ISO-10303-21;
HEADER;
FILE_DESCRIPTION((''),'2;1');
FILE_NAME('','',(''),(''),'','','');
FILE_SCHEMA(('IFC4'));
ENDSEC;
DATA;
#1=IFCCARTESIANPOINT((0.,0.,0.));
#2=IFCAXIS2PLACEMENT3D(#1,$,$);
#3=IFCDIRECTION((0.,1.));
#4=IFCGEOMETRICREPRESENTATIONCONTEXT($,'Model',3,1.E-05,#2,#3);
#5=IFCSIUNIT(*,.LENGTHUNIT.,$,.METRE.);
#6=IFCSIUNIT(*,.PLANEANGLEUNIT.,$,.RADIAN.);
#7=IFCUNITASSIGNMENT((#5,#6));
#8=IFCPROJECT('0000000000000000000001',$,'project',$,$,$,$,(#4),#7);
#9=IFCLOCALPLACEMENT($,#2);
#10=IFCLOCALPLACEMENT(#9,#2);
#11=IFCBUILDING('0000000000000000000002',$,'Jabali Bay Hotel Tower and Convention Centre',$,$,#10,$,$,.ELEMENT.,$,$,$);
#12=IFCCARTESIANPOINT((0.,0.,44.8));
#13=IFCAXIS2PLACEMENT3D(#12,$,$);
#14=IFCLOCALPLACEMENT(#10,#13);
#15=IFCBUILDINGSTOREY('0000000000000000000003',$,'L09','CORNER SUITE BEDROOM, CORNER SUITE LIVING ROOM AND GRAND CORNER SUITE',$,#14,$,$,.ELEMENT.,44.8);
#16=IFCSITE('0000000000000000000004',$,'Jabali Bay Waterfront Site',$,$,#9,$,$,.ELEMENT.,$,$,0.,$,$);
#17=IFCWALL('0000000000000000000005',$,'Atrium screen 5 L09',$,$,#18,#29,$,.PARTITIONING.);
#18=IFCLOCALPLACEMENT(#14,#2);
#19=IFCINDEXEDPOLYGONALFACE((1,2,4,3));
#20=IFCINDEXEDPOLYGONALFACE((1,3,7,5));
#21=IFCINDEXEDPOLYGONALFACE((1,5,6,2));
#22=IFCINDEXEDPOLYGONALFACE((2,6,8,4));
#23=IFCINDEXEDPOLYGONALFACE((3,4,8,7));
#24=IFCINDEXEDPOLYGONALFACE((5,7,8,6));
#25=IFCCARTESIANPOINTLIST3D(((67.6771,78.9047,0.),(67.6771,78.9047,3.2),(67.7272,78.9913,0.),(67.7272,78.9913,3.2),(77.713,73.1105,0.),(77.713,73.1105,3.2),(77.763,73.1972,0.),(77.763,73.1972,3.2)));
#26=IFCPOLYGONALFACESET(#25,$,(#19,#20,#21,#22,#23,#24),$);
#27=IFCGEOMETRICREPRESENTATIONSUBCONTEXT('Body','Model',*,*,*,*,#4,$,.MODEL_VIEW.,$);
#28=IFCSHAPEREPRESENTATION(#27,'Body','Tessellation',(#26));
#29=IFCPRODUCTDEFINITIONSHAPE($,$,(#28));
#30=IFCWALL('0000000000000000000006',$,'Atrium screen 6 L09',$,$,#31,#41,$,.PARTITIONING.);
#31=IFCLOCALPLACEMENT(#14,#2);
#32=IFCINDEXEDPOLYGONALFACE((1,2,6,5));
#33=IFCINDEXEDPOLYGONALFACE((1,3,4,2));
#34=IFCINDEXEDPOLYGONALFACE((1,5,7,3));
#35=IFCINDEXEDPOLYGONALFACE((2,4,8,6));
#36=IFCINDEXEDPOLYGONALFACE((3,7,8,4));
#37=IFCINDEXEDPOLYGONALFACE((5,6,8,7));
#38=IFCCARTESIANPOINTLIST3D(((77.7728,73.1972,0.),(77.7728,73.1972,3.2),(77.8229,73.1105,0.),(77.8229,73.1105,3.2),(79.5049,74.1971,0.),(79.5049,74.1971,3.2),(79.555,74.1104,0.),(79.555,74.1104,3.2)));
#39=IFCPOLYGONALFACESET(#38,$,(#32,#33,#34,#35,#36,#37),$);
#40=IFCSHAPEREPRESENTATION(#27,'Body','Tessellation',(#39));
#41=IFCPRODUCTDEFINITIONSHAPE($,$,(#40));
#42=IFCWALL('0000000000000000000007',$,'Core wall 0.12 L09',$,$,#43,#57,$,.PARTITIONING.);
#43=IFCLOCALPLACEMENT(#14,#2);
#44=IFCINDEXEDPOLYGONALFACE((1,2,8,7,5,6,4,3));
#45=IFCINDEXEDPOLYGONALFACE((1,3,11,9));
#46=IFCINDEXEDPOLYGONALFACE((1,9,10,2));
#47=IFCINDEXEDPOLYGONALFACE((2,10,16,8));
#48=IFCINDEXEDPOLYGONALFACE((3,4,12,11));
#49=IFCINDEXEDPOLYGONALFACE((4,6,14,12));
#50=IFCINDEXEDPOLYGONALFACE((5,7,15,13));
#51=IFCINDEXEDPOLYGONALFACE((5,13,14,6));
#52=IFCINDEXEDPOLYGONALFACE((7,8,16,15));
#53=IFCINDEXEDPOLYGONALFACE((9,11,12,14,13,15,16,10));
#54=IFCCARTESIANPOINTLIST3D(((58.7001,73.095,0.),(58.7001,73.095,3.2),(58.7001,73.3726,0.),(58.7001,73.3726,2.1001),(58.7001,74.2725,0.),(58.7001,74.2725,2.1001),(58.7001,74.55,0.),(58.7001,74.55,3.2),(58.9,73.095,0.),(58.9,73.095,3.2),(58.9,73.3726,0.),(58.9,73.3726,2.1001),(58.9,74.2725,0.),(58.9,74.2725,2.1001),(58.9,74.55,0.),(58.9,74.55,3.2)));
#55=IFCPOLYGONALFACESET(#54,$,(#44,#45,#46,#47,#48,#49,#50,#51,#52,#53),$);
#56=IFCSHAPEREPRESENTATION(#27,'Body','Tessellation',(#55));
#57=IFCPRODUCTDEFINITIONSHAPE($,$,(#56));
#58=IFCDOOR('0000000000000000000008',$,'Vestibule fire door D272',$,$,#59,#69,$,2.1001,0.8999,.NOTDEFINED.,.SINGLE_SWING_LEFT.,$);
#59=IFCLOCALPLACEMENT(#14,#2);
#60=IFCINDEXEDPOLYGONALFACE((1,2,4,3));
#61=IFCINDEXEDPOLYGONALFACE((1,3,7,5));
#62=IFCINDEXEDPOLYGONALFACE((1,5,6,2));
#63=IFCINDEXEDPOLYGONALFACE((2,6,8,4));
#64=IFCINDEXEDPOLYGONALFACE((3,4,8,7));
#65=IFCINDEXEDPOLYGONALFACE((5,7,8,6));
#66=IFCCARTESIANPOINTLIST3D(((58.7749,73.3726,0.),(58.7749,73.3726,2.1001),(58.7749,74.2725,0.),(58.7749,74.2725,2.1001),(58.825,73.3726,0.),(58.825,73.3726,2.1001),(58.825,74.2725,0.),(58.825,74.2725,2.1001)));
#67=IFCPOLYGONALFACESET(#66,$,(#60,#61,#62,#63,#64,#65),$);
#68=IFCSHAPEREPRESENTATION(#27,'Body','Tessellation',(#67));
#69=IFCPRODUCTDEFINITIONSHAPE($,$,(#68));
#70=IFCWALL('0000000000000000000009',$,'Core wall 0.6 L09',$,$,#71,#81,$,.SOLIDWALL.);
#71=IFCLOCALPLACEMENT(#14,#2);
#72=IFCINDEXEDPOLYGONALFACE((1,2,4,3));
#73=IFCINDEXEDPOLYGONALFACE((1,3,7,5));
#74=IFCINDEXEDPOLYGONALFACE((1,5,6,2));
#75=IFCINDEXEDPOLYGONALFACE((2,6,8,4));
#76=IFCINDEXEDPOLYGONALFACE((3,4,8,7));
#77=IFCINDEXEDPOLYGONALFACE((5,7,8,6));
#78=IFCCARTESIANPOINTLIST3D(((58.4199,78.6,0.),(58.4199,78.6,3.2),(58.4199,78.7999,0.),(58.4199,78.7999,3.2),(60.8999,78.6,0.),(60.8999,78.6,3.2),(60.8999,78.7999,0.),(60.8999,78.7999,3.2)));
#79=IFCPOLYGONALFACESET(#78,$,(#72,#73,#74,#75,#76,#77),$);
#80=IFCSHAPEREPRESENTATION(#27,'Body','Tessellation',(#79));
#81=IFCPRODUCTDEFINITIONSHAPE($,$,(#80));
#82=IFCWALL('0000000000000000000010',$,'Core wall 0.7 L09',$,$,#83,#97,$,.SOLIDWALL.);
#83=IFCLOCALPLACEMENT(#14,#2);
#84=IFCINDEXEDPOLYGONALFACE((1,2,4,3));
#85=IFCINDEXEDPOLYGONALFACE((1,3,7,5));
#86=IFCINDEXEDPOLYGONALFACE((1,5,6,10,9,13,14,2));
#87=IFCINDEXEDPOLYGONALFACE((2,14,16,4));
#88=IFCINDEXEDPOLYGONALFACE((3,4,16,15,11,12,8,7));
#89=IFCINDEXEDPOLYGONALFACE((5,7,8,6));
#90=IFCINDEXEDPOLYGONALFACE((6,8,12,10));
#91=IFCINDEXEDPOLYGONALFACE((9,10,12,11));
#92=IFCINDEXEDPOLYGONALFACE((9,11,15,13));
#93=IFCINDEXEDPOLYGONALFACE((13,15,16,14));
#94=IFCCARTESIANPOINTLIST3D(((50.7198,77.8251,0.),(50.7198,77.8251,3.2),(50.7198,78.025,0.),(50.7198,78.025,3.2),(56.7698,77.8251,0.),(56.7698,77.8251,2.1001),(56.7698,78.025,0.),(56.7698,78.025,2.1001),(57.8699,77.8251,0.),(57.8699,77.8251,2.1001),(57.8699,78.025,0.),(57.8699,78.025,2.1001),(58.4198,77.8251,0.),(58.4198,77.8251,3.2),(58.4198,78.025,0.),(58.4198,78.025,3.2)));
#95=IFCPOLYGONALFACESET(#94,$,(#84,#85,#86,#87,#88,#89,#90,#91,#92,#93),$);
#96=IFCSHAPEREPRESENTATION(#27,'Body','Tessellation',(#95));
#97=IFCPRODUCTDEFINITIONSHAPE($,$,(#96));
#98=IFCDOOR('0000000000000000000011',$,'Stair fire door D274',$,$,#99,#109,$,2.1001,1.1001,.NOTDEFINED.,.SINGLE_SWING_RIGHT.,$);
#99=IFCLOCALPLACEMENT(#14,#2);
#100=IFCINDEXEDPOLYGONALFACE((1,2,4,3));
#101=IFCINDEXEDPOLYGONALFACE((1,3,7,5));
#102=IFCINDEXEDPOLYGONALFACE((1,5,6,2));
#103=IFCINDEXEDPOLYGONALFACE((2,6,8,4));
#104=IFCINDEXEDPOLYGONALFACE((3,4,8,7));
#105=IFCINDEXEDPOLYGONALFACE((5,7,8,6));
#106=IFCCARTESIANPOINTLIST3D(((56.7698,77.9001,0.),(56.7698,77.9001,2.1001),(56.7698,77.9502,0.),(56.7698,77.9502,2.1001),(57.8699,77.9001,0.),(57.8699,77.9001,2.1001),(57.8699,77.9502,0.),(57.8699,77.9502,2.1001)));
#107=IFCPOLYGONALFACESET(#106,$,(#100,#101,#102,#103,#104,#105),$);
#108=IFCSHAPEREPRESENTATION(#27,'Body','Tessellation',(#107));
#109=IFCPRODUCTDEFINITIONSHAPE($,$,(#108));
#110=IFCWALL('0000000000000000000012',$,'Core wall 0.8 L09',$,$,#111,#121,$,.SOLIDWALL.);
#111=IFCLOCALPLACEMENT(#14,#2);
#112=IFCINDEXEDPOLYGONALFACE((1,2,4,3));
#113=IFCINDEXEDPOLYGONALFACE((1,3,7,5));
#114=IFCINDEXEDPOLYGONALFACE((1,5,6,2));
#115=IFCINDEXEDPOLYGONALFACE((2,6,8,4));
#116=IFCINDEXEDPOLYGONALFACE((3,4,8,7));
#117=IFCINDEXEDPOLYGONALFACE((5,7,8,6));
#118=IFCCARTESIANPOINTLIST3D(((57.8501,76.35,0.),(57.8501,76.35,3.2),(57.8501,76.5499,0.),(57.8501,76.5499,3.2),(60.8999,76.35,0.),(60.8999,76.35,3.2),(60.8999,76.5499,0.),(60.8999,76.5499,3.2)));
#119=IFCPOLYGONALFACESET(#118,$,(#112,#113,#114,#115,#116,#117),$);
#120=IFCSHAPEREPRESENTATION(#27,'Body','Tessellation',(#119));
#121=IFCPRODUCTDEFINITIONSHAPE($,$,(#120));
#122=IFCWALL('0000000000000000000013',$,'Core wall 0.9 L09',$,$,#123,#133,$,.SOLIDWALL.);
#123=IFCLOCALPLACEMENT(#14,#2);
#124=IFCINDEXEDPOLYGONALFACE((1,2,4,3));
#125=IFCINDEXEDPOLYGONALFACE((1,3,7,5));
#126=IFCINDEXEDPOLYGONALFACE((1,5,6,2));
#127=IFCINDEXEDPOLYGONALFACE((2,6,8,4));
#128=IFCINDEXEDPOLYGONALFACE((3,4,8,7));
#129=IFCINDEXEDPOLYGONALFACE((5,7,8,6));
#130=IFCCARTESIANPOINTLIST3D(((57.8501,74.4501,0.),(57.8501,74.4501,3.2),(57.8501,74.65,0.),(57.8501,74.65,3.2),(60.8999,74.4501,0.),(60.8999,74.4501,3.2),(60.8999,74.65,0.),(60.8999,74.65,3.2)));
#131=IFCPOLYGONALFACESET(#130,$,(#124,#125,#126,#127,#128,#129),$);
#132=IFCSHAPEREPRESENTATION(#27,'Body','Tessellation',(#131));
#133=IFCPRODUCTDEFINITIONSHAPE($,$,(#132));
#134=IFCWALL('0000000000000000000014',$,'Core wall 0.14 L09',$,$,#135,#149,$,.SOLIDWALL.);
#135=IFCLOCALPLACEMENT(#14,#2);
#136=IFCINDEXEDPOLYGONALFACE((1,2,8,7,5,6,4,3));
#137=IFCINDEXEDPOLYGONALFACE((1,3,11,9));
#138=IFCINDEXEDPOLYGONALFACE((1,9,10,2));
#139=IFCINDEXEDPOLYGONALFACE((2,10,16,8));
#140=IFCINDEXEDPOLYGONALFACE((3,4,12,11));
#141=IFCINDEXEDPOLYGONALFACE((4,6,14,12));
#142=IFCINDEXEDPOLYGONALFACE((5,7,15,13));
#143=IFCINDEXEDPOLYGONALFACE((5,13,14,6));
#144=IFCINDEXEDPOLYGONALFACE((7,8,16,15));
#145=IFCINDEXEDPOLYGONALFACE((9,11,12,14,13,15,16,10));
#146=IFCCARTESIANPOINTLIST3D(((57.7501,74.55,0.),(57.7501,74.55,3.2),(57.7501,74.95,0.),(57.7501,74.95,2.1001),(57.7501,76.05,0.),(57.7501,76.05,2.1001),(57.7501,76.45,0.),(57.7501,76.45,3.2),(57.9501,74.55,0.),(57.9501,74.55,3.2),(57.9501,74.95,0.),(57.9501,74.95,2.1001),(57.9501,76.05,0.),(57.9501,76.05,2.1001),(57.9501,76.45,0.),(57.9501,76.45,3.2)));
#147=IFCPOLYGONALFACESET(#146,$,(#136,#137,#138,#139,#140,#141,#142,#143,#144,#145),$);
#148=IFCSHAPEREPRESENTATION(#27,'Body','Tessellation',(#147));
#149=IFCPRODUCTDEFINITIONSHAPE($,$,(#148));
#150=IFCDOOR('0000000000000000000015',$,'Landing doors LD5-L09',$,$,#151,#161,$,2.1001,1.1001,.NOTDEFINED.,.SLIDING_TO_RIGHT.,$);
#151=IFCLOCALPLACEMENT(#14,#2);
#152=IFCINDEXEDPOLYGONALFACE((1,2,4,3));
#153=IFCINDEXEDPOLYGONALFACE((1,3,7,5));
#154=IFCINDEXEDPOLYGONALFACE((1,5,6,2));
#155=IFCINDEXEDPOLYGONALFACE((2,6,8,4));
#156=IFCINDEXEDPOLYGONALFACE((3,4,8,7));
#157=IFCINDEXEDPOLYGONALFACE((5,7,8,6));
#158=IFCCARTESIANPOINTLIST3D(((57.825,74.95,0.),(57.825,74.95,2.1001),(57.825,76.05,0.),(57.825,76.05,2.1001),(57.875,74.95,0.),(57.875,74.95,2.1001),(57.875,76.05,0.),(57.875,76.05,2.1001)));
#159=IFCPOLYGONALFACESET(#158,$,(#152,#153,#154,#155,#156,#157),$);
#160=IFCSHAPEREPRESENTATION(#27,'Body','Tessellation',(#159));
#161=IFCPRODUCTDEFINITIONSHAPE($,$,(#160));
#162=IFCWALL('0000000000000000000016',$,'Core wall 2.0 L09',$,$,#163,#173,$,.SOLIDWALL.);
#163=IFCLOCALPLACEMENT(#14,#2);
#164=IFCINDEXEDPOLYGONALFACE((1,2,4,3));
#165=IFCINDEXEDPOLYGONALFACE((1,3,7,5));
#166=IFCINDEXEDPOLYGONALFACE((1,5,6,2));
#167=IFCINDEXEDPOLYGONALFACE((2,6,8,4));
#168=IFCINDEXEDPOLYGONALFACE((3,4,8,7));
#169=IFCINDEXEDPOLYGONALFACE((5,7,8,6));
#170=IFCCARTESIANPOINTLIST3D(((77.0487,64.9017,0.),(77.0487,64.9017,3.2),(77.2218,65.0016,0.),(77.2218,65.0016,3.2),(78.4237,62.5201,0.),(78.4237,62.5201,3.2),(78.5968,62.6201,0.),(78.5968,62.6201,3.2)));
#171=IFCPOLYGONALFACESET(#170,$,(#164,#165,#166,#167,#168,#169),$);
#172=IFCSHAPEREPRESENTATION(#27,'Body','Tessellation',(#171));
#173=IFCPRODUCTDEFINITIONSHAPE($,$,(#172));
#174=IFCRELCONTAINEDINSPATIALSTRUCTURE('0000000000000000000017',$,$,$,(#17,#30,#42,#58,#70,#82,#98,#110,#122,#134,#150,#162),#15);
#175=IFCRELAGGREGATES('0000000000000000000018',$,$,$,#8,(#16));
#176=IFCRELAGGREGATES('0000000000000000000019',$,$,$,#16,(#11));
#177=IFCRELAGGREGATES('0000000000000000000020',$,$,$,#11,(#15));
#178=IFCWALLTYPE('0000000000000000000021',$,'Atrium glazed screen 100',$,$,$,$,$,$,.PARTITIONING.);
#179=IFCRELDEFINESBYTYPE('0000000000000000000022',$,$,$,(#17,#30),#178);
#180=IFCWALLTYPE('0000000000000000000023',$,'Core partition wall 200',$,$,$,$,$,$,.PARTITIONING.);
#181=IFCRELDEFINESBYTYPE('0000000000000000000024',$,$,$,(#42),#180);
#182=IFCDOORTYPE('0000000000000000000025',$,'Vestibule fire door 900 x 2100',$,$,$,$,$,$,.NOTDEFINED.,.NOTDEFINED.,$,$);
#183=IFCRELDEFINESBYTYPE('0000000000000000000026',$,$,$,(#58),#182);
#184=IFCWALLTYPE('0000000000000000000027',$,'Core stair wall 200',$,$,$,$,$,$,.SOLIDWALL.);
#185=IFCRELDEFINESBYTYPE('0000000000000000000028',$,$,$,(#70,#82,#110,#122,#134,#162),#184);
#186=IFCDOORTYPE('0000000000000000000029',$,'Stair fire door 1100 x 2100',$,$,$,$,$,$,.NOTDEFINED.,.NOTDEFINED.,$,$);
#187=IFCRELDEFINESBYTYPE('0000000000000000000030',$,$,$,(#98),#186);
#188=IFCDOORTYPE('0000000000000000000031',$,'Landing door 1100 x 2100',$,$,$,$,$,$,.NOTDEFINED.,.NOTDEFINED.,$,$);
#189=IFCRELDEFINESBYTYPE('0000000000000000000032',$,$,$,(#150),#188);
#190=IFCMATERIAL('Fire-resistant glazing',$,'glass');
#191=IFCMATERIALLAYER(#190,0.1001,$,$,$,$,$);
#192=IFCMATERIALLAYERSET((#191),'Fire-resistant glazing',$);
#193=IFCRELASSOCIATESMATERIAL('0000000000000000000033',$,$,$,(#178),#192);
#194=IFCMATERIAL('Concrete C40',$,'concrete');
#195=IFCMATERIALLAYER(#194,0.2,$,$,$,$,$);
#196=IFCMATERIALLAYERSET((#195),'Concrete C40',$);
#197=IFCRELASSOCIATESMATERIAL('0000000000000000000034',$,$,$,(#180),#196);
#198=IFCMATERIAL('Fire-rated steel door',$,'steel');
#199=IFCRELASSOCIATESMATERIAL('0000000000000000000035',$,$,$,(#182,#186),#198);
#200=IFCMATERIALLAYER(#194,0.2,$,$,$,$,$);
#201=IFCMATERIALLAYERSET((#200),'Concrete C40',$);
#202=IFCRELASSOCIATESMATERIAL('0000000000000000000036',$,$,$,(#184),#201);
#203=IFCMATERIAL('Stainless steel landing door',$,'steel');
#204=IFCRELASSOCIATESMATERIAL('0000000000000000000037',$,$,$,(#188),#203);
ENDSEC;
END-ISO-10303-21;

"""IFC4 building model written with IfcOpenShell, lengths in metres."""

from ifc_helpers import new_model, si_unit, direction, frame, frame_2d, origin, place, context, subcontext, project, spatial, rectangle, extrude, material, layer, layer_set, type_object, element, fill, save


model = new_model("IFC4")

# Units and contexts
model_context = context("Model", 3, precision=1e-05, world=origin(), true_north=direction((0.0, 1.0)))
body_context = subcontext(model_context, "Body", "Model", "MODEL_VIEW")
ifc_project = project(units=[si_unit("LENGTHUNIT", "METRE"), si_unit("PLANEANGLEUNIT", "RADIAN")], contexts=[model_context])

# Site, building, storey
site_placement = place(None, origin())
site = spatial("IfcSite", under=ifc_project, at=site_placement, Name="Jabali Bay Waterfront Site", CompositionType="ELEMENT", RefElevation=0.0)
building_placement = place(site_placement, origin())
building = spatial("IfcBuilding", under=site, at=building_placement, Name="Jabali Bay Hotel Tower and Convention Centre", CompositionType="ELEMENT")
storey_placement = place(building_placement, frame((0.0, 0.0, 44.8)))
storey = spatial("IfcBuildingStorey", under=building, at=storey_placement, Name="L09", Description="CORNER SUITE BEDROOM, CORNER SUITE LIVING ROOM AND GRAND CORNER SUITE", CompositionType="ELEMENT", Elevation=44.8)

# Walls
ifc_material_1 = material(Name="Fire-resistant glazing", Category="glass")
ifc_layer_1 = layer(ifc_material_1, 0.1001)
ifc_layer_set_1 = layer_set([ifc_layer_1], Name="Fire-resistant glazing")
wall_type_1 = type_object("IfcWallType", Name="Atrium glazed screen 100", PredefinedType="PARTITIONING", material=ifc_layer_set_1)
wall_1_placement = place(storey_placement, frame((67.7021, 78.948, 0.0), z_axis=(0.0, 0.0, 1.0), x_axis=(0.866027, -0.499998, 0.0)))
element("IfcWall", 1, at=wall_1_placement, inside=storey, type_object=wall_type_1, Name="Atrium screen 5 L09", PredefinedType="PARTITIONING", context=body_context, shape_type="SweptSolid", body=[
    extrude(rectangle(XDim=11.5884, YDim=0.1001, at=frame_2d((5.7942, 0.0))), origin(), (0.0, 0.0, 1.0), 3.2),
])
wall_2_placement = place(storey_placement, frame((77.7979, 73.1538, 0.0), z_axis=(0.0, 0.0, 1.0), x_axis=(0.866041, 0.499973, 0.0)))
element("IfcWall", 2, at=wall_2_placement, inside=storey, type_object=wall_type_1, Name="Atrium screen 6 L09", PredefinedType="PARTITIONING", context=body_context, shape_type="SweptSolid", body=[
    extrude(rectangle(XDim=2.0, YDim=0.1001, at=frame_2d((1.0, 0.0))), origin(), (0.0, 0.0, 1.0), 3.2),
])

# Wall, opening, door
ifc_material_2 = material(Name="Concrete C40", Category="concrete")
ifc_layer_2 = layer(ifc_material_2, 0.2)
ifc_layer_set_2 = layer_set([ifc_layer_2], Name="Concrete C40")
wall_type_2 = type_object("IfcWallType", Name="Core partition wall 200", PredefinedType="PARTITIONING", material=ifc_layer_set_2)
wall_3_placement = place(storey_placement, frame((58.8, 74.55, 0.0), z_axis=(0.0, 0.0, 1.0), x_axis=(0.0, -1.0, 0.0)))
wall_3 = element("IfcWall", 3, at=wall_3_placement, inside=storey, type_object=wall_type_2, Name="Core wall 0.12 L09", PredefinedType="PARTITIONING", context=body_context, shape_type="SweptSolid", body=[
    extrude(rectangle(XDim=1.4551, YDim=0.2, at=frame_2d((0.7275, 0.0))), origin(), (0.0, 0.0, 1.0), 3.2),
])
opening_1_placement = place(wall_3_placement, frame((0.2776, 0.0, 0.0)))
opening_1 = element("IfcOpeningElement", 4, at=opening_1_placement, cuts=wall_3, PredefinedType="OPENING", context=body_context, shape_type="SweptSolid", body=[
    extrude(rectangle(XDim=0.8999, YDim=2.1001, at=frame_2d((0.45, 1.05))), frame((0.0, 0.1104, 0.0), z_axis=(0.0, -1.0, 0.0), x_axis=(1.0, 0.0, 0.0)), (0.0, 0.0, 1.0), 0.2209),
])
ifc_material_3 = material(Name="Fire-rated steel door", Category="steel")
door_type_1 = type_object("IfcDoorType", Name="Vestibule fire door 900 x 2100", OperationType="NOTDEFINED", PredefinedType="NOTDEFINED", material=ifc_material_3)
door_1_placement = place(opening_1_placement, origin())
door_1 = element("IfcDoor", 5, at=door_1_placement, inside=storey, type_object=door_type_1, Name="Vestibule fire door D272", OperationType="SINGLE_SWING_LEFT", OverallHeight=2.1001, OverallWidth=0.8999, PredefinedType="NOTDEFINED", context=body_context, shape_type="SweptSolid", body=[
    extrude(rectangle(XDim=0.8999, YDim=2.1001, at=frame_2d((0.45, 1.05))), frame((0.0, 0.0249, 0.0), z_axis=(0.0, -1.0, 0.0), x_axis=(1.0, 0.0, 0.0)), (0.0, 0.0, 1.0), 0.05),
])
fill(opening_1, door_1)

# Wall
ifc_layer_3 = layer(ifc_material_2, 0.2)
ifc_layer_set_3 = layer_set([ifc_layer_3], Name="Concrete C40")
wall_type_3 = type_object("IfcWallType", Name="Core stair wall 200", PredefinedType="SOLIDWALL", material=ifc_layer_set_3)
wall_4_placement = place(storey_placement, frame((60.8999, 78.7, 0.0), z_axis=(0.0, 0.0, 1.0), x_axis=(-1.0, 0.0, 0.0)))
element("IfcWall", 6, at=wall_4_placement, inside=storey, type_object=wall_type_3, Name="Core wall 0.6 L09", PredefinedType="SOLIDWALL", context=body_context, shape_type="SweptSolid", body=[
    extrude(rectangle(XDim=2.48, YDim=0.2, at=frame_2d((1.24, 0.0))), origin(), (0.0, 0.0, 1.0), 3.2),
])

# Wall, opening, door
wall_5_placement = place(storey_placement, frame((58.4199, 77.925, 0.0), z_axis=(0.0, 0.0, 1.0), x_axis=(-1.0, 0.0, 0.0)))
wall_5 = element("IfcWall", 7, at=wall_5_placement, inside=storey, type_object=wall_type_3, Name="Core wall 0.7 L09", PredefinedType="SOLIDWALL", context=body_context, shape_type="SweptSolid", body=[
    extrude(rectangle(XDim=7.7, YDim=0.2, at=frame_2d((3.8501, 0.0))), origin(), (0.0, 0.0, 1.0), 3.2),
])
opening_2_placement = place(wall_5_placement, frame((0.55, 0.0, 0.0)))
opening_2 = element("IfcOpeningElement", 8, at=opening_2_placement, cuts=wall_5, PredefinedType="OPENING", context=body_context, shape_type="SweptSolid", body=[
    extrude(rectangle(XDim=1.1001, YDim=2.1001, at=frame_2d((0.55, 1.05))), frame((0.0, 0.1104, 0.0), z_axis=(0.0, -1.0, 0.0), x_axis=(1.0, 0.0, 0.0)), (0.0, 0.0, 1.0), 0.2209),
])
door_type_2 = type_object("IfcDoorType", Name="Stair fire door 1100 x 2100", OperationType="NOTDEFINED", PredefinedType="NOTDEFINED", material=ifc_material_3)
door_2_placement = place(opening_2_placement, origin())
door_2 = element("IfcDoor", 9, at=door_2_placement, inside=storey, type_object=door_type_2, Name="Stair fire door D274", OperationType="SINGLE_SWING_RIGHT", OverallHeight=2.1001, OverallWidth=1.1001, PredefinedType="NOTDEFINED", context=body_context, shape_type="SweptSolid", body=[
    extrude(rectangle(XDim=1.1001, YDim=2.1001, at=frame_2d((0.55, 1.05))), frame((0.0, 0.0249, 0.0), z_axis=(0.0, -1.0, 0.0), x_axis=(1.0, 0.0, 0.0)), (0.0, 0.0, 1.0), 0.05),
])
fill(opening_2, door_2)

# Walls
for number, where, z_axis, x_axis, name in (
    (10, (60.8999, 76.45, 0.0), (0.0, 0.0, 1.0), (-1.0, 0.0, 0.0), "Core wall 0.8 L09"),
    (11, (60.8999, 74.55, 0.0), (0.0, 0.0, 1.0), (-1.0, 0.0, 0.0), "Core wall 0.9 L09"),
):
    element("IfcWall", number, at=place(storey_placement, frame(where, z_axis=z_axis, x_axis=x_axis)), inside=storey, type_object=wall_type_3, Name=name, PredefinedType="SOLIDWALL", context=body_context, shape_type="SweptSolid", body=[
        extrude(rectangle(XDim=3.0498, YDim=0.2, at=frame_2d((1.5249, 0.0))), origin(), (0.0, 0.0, 1.0), 3.2),
    ])

# Wall, opening, door
wall_6_placement = place(storey_placement, frame((57.8501, 76.45, 0.0), z_axis=(0.0, 0.0, 1.0), x_axis=(0.0, -1.0, 0.0)))
wall_6 = element("IfcWall", 12, at=wall_6_placement, inside=storey, type_object=wall_type_3, Name="Core wall 0.14 L09", PredefinedType="SOLIDWALL", context=body_context, shape_type="SweptSolid", body=[
    extrude(rectangle(XDim=1.8999, YDim=0.2, at=frame_2d((0.95, 0.0))), origin(), (0.0, 0.0, 1.0), 3.2),
])
opening_3_placement = place(wall_6_placement, frame((0.3999, 0.0, 0.0)))
opening_3 = element("IfcOpeningElement", 13, at=opening_3_placement, cuts=wall_6, PredefinedType="OPENING", context=body_context, shape_type="SweptSolid", body=[
    extrude(rectangle(XDim=1.1001, YDim=2.1001, at=frame_2d((0.55, 1.05))), frame((0.0, 0.1104, 0.0), z_axis=(0.0, -1.0, 0.0), x_axis=(1.0, 0.0, 0.0)), (0.0, 0.0, 1.0), 0.2209),
])
ifc_material_4 = material(Name="Stainless steel landing door", Category="steel")
door_type_3 = type_object("IfcDoorType", Name="Landing door 1100 x 2100", OperationType="NOTDEFINED", PredefinedType="NOTDEFINED", material=ifc_material_4)
door_3_placement = place(opening_3_placement, origin())
door_3 = element("IfcDoor", 14, at=door_3_placement, inside=storey, type_object=door_type_3, Name="Landing doors LD5-L09", OperationType="SLIDING_TO_RIGHT", OverallHeight=2.1001, OverallWidth=1.1001, PredefinedType="NOTDEFINED", context=body_context, shape_type="SweptSolid", body=[
    extrude(rectangle(XDim=1.1001, YDim=2.1001, at=frame_2d((0.55, 1.05))), frame((0.0, 0.0249, 0.0), z_axis=(0.0, -1.0, 0.0), x_axis=(1.0, 0.0, 0.0)), (0.0, 0.0, 1.0), 0.05),
])
fill(opening_3, door_3)

# Wall
for number, where, z_axis, x_axis, name in (
    (15, (77.1353, 64.9517, 0.0), (0.0, 0.0, 1.0), (0.499997, -0.866027, 0.0), "Core wall 2.0 L09"),
):
    element("IfcWall", number, at=place(storey_placement, frame(where, z_axis=z_axis, x_axis=x_axis)), inside=storey, type_object=wall_type_3, Name=name, PredefinedType="SOLIDWALL", context=body_context, shape_type="SweptSolid", body=[
        extrude(rectangle(XDim=2.75, YDim=0.2, at=frame_2d((1.375, 0.0))), origin(), (0.0, 0.0, 1.0), 3.2),
    ])

save(model, "model.ifc")
